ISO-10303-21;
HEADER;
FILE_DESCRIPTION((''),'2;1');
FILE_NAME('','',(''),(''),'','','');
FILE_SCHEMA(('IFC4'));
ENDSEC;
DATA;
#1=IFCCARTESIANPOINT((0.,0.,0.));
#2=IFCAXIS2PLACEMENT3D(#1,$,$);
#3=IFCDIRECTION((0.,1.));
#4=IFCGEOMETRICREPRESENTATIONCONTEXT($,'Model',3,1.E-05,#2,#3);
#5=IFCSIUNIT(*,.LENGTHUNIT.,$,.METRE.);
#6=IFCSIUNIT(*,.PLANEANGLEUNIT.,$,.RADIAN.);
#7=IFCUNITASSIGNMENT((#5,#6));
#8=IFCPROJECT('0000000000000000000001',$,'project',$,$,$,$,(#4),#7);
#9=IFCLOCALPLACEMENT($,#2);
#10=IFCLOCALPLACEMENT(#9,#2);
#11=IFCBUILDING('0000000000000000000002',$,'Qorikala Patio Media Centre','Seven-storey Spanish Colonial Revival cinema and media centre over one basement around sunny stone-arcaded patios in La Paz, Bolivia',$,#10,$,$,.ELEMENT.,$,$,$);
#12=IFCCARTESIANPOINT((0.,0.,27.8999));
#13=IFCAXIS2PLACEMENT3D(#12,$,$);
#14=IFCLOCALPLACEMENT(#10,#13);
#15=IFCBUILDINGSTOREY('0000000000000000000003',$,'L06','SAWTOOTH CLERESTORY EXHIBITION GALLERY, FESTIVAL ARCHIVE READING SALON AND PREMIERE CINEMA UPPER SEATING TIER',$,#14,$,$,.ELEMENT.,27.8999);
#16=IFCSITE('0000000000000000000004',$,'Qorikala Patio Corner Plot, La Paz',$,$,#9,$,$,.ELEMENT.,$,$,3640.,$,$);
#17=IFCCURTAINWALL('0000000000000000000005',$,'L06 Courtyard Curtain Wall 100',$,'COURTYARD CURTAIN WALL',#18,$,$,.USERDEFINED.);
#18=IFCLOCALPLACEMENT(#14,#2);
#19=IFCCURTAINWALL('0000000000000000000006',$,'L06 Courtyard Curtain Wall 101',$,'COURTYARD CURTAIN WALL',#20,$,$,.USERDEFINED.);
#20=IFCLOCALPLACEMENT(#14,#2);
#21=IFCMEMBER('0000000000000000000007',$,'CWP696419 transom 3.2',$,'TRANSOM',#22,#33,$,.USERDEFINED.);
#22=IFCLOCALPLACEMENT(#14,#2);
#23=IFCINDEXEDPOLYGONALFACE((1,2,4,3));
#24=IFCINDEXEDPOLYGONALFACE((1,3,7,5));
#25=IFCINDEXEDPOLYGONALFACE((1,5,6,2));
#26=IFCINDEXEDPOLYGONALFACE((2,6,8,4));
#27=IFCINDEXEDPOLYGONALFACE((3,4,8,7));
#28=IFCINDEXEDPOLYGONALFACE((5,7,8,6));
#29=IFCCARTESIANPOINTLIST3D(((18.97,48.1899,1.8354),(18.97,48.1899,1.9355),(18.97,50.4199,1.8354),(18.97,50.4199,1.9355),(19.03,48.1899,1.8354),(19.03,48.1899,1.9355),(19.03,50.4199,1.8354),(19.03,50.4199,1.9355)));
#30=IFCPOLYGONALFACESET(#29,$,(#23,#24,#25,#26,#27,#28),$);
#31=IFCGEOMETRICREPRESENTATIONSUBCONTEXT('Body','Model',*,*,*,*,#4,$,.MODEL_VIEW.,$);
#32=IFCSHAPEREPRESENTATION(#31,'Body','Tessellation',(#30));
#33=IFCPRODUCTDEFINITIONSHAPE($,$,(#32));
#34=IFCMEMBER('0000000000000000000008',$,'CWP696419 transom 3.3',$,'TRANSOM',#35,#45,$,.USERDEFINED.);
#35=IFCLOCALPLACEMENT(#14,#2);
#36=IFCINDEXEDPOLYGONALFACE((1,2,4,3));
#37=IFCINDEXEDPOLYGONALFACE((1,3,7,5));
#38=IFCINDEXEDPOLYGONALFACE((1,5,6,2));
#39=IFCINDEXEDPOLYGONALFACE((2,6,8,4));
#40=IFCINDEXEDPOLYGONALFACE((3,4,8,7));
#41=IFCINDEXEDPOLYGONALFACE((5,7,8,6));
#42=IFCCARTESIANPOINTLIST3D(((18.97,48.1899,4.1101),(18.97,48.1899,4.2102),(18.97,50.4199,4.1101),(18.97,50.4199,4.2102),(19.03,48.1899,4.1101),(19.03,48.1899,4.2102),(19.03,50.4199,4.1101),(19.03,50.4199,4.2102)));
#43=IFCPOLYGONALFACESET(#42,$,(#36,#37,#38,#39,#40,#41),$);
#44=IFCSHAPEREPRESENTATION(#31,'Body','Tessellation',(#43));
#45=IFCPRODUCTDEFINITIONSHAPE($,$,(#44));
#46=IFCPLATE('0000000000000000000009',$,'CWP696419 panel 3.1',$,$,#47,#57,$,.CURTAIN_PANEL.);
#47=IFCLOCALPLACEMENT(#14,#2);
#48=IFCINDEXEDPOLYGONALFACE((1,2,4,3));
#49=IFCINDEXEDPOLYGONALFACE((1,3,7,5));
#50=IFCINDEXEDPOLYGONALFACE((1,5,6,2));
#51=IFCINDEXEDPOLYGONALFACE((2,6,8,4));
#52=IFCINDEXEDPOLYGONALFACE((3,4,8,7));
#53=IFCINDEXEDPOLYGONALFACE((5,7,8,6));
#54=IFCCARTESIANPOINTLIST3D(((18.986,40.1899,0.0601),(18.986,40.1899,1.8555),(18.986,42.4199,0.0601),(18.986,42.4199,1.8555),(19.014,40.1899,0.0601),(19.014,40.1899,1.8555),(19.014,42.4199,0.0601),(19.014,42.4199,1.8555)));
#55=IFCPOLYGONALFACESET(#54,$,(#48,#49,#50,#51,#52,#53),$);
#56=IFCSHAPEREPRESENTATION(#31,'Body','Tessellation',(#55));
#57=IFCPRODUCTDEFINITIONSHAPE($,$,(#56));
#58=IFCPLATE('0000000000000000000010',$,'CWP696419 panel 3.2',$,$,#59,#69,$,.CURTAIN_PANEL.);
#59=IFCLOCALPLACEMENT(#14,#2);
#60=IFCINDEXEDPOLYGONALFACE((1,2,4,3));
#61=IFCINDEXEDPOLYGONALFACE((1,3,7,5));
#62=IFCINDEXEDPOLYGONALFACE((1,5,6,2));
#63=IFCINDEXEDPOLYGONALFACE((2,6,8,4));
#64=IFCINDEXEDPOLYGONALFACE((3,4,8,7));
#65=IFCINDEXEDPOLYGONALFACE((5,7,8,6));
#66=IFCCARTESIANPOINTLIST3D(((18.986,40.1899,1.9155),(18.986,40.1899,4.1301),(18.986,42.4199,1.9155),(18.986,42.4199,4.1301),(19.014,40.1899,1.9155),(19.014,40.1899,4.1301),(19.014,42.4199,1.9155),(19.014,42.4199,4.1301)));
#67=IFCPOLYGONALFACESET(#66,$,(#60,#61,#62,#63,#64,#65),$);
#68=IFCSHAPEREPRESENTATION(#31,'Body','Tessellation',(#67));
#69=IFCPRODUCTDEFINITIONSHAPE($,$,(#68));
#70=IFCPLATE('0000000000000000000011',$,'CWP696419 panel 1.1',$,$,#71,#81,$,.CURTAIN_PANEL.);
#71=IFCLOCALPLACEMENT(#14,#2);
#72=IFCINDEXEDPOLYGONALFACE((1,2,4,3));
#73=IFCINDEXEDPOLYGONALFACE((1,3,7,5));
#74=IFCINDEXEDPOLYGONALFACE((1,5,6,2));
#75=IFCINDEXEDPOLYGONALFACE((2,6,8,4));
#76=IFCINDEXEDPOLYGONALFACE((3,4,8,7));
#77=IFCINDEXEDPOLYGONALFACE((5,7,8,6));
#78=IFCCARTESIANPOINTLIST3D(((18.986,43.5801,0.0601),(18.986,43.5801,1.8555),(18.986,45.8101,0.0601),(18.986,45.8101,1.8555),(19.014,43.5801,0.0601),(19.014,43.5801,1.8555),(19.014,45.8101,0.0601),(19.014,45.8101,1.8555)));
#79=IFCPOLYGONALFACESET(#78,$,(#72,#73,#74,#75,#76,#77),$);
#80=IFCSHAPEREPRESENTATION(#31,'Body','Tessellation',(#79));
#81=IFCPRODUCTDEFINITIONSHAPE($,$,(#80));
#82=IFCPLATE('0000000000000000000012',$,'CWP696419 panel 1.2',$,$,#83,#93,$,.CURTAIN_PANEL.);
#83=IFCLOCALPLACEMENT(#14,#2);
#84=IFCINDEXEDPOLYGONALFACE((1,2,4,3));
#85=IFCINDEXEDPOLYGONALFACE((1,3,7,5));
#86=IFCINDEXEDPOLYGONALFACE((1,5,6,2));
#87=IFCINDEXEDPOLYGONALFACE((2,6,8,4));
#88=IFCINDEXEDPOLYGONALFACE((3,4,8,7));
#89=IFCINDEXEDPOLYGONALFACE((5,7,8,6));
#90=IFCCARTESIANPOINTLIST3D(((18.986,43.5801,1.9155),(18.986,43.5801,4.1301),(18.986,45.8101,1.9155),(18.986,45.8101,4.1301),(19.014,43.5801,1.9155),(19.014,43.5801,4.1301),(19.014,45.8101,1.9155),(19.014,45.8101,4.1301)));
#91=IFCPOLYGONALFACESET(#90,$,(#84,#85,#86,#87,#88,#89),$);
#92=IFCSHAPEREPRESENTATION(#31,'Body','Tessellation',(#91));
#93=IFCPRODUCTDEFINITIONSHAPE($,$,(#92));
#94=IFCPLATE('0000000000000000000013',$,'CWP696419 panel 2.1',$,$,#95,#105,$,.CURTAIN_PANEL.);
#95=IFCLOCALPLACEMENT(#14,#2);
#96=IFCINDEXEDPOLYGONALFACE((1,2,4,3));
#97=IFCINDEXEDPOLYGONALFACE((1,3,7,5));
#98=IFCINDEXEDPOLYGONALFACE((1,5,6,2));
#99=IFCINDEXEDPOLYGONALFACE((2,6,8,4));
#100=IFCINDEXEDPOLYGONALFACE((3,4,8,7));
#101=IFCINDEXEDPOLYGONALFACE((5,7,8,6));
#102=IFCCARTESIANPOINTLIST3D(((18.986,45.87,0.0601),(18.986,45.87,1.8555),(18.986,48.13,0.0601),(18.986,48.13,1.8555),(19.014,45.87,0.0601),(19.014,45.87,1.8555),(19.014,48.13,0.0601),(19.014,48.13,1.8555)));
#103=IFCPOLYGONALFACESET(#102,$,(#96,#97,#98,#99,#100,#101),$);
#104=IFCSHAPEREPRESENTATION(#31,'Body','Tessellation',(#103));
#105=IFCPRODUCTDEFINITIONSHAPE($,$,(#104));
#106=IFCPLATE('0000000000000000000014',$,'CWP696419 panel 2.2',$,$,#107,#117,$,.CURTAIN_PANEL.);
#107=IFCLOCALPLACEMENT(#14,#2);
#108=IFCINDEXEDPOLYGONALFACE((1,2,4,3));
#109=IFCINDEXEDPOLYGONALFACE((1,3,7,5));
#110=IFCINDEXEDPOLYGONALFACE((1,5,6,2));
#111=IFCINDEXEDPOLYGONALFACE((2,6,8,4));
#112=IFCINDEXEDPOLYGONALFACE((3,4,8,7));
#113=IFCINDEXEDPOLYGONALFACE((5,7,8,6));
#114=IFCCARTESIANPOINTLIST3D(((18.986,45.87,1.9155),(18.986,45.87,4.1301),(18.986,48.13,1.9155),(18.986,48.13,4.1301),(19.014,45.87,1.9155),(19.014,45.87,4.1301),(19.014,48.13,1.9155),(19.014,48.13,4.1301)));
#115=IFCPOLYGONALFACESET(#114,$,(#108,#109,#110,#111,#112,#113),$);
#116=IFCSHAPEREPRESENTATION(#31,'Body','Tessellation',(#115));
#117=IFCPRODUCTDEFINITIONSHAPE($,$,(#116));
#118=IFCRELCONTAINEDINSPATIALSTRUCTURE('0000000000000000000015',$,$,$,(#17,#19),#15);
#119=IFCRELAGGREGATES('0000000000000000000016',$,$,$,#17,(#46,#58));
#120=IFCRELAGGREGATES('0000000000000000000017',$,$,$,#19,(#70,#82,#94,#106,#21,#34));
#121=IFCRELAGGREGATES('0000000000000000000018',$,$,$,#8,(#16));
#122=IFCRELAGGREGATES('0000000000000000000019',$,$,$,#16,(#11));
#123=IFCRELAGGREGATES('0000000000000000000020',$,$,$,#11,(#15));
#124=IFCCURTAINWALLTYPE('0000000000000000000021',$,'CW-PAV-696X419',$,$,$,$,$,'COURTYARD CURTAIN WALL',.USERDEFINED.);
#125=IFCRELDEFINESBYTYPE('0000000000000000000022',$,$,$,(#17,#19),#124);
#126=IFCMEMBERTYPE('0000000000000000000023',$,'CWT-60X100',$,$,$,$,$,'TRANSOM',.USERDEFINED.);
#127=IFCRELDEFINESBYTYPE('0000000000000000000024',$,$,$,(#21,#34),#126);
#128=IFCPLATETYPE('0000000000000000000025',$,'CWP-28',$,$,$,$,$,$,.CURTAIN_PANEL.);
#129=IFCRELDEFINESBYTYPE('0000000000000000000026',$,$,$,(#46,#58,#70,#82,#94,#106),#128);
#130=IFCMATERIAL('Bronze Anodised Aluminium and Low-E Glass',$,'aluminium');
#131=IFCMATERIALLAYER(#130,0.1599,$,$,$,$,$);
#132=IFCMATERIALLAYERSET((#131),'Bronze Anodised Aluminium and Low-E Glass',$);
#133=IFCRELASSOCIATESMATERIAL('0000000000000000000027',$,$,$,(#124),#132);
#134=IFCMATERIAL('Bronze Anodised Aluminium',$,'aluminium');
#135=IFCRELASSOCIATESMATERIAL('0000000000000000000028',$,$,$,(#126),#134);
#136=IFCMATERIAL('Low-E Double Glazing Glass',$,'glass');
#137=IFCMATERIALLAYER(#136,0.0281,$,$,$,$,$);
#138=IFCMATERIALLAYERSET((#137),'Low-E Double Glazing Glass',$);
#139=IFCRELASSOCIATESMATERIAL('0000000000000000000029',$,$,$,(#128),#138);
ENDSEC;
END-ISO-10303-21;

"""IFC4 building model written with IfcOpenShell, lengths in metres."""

from ifc_helpers import new_model, si_unit, direction, frame, origin, origin_2d, place, context, subcontext, project, spatial, rectangle, extrude, material, layer, layer_set, material_profile, profile_set, type_object, element, aggregate, save


model = new_model("IFC4")

# Units and contexts
model_context = context("Model", 3, precision=1e-05, world=origin(), true_north=direction((0.0, 1.0)))
body_context = subcontext(model_context, "Body", "Model", "MODEL_VIEW")
ifc_project = project(units=[si_unit("LENGTHUNIT", "METRE"), si_unit("PLANEANGLEUNIT", "RADIAN")], contexts=[model_context])

# Site, building, storey
site_placement = place(None, origin())
site = spatial("IfcSite", under=ifc_project, at=site_placement, Name="Qorikala Patio Corner Plot, La Paz", CompositionType="ELEMENT", RefElevation=3640.0)
building_placement = place(site_placement, origin())
building = spatial("IfcBuilding", under=site, at=building_placement, Name="Qorikala Patio Media Centre", Description="Seven-storey Spanish Colonial Revival cinema and media centre over one basement around sunny stone-arcaded patios in La Paz, Bolivia", CompositionType="ELEMENT")
storey_placement = place(building_placement, frame((0.0, 0.0, 27.8999)))
storey = spatial("IfcBuildingStorey", under=building, at=storey_placement, Name="L06", Description="SAWTOOTH CLERESTORY EXHIBITION GALLERY, FESTIVAL ARCHIVE READING SALON AND PREMIERE CINEMA UPPER SEATING TIER", CompositionType="ELEMENT", Elevation=27.8999)

# Curtain wall
ifc_material_1 = material(Name="Bronze Anodised Aluminium and Low-E Glass", Category="aluminium")
ifc_layer_1 = layer(ifc_material_1, 0.1599)
ifc_layer_set_1 = layer_set([ifc_layer_1], Name="Bronze Anodised Aluminium and Low-E Glass")
curtain_wall_type = type_object("IfcCurtainWallType", Name="CW-PAV-696X419", ElementType="COURTYARD CURTAIN WALL", PredefinedType="USERDEFINED", material=ifc_layer_set_1)
curtain_wall_1_placement = place(storey_placement, origin())
curtain_wall_1 = element("IfcCurtainWall", 1, at=curtain_wall_1_placement, inside=storey, type_object=curtain_wall_type, Name="L06 Courtyard Curtain Wall 100", ObjectType="COURTYARD CURTAIN WALL", PredefinedType="USERDEFINED")
ifc_material_2 = material(Name="Bronze Anodised Aluminium", Category="aluminium")

# Curtain wall, members
curtain_wall_2_placement = place(storey_placement, origin())
curtain_wall_2 = element("IfcCurtainWall", 2, at=curtain_wall_2_placement, inside=storey, type_object=curtain_wall_type, Name="L06 Courtyard Curtain Wall 101", ObjectType="COURTYARD CURTAIN WALL", PredefinedType="USERDEFINED")
ifc_material_profile_1 = material_profile(ifc_material_2, rectangle(XDim=0.0601, YDim=0.1001, at=origin_2d()), Name="ALU TRANSOM 60x100")
ifc_profile_set_1 = profile_set([ifc_material_profile_1], Name="Bronze Anodised Aluminium")
member_type_1 = type_object("IfcMemberType", Name="CWT-60X100", ElementType="TRANSOM", PredefinedType="USERDEFINED", material=ifc_profile_set_1)
member_1_placement = place(storey_placement, frame((19.0, 48.1899, 1.8855), z_axis=(0.0, 1.0, 0.0), x_axis=(-1.0, 0.0, 0.0)))
member_1 = element("IfcMember", 3, at=member_1_placement, type_object=member_type_1, Name="CWP696419 transom 3.2", ObjectType="TRANSOM", PredefinedType="USERDEFINED", context=body_context, shape_type="SweptSolid", body=[
    extrude(rectangle(XDim=0.0601, YDim=0.1001, at=origin_2d()), origin(), (0.0, 0.0, 1.0), 2.23),
])
member_2_placement = place(storey_placement, frame((19.0, 48.1899, 4.1602), z_axis=(0.0, 1.0, 0.0), x_axis=(-1.0, 0.0, 0.0)))
member_2 = element("IfcMember", 4, at=member_2_placement, type_object=member_type_1, Name="CWP696419 transom 3.3", ObjectType="TRANSOM", PredefinedType="USERDEFINED", context=body_context, shape_type="SweptSolid", body=[
    extrude(rectangle(XDim=0.0601, YDim=0.1001, at=origin_2d()), origin(), (0.0, 0.0, 1.0), 2.23),
])

# Plates
ifc_material_3 = material(Name="Low-E Double Glazing Glass", Category="glass")
ifc_layer_2 = layer(ifc_material_3, 0.0281)
ifc_layer_set_2 = layer_set([ifc_layer_2], Name="Low-E Double Glazing Glass")
plate_type = type_object("IfcPlateType", Name="CWP-28", PredefinedType="CURTAIN_PANEL", material=ifc_layer_set_2)
plate_1_placement = place(storey_placement, frame((19.0, 41.3049, 0.0601), z_axis=(0.0, 0.0, 1.0), x_axis=(0.0, 1.0, 0.0)))
plate_1 = element("IfcPlate", 5, at=plate_1_placement, type_object=plate_type, Name="CWP696419 panel 3.1", PredefinedType="CURTAIN_PANEL", context=body_context, shape_type="SweptSolid", body=[
    extrude(rectangle(XDim=2.23, YDim=0.0281, at=origin_2d()), origin(), (0.0, 0.0, 1.0), 1.7954),
])
plate_2_placement = place(storey_placement, frame((19.0, 41.3049, 1.9155), z_axis=(0.0, 0.0, 1.0), x_axis=(0.0, 1.0, 0.0)))
plate_2 = element("IfcPlate", 6, at=plate_2_placement, type_object=plate_type, Name="CWP696419 panel 3.2", PredefinedType="CURTAIN_PANEL", context=body_context, shape_type="SweptSolid", body=[
    extrude(rectangle(XDim=2.23, YDim=0.0281, at=origin_2d()), origin(), (0.0, 0.0, 1.0), 2.2146),
])
aggregate(curtain_wall_1, [plate_1, plate_2])
plate_3_placement = place(storey_placement, frame((19.0, 44.6951, 0.0601), z_axis=(0.0, 0.0, 1.0), x_axis=(0.0, 1.0, 0.0)))
plate_3 = element("IfcPlate", 7, at=plate_3_placement, type_object=plate_type, Name="CWP696419 panel 1.1", PredefinedType="CURTAIN_PANEL", context=body_context, shape_type="SweptSolid", body=[
    extrude(rectangle(XDim=2.23, YDim=0.0281, at=origin_2d()), origin(), (0.0, 0.0, 1.0), 1.7954),
])
plate_4_placement = place(storey_placement, frame((19.0, 44.6951, 1.9155), z_axis=(0.0, 0.0, 1.0), x_axis=(0.0, 1.0, 0.0)))
plate_4 = element("IfcPlate", 8, at=plate_4_placement, type_object=plate_type, Name="CWP696419 panel 1.2", PredefinedType="CURTAIN_PANEL", context=body_context, shape_type="SweptSolid", body=[
    extrude(rectangle(XDim=2.23, YDim=0.0281, at=origin_2d()), origin(), (0.0, 0.0, 1.0), 2.2146),
])
plate_5_placement = place(storey_placement, frame((19.0, 47.0, 0.0601), z_axis=(0.0, 0.0, 1.0), x_axis=(0.0, 1.0, 0.0)))
plate_5 = element("IfcPlate", 9, at=plate_5_placement, type_object=plate_type, Name="CWP696419 panel 2.1", PredefinedType="CURTAIN_PANEL", context=body_context, shape_type="SweptSolid", body=[
    extrude(rectangle(XDim=2.26, YDim=0.0281, at=origin_2d()), origin(), (0.0, 0.0, 1.0), 1.7954),
])
plate_6_placement = place(storey_placement, frame((19.0, 47.0, 1.9155), z_axis=(0.0, 0.0, 1.0), x_axis=(0.0, 1.0, 0.0)))
plate_6 = element("IfcPlate", 10, at=plate_6_placement, type_object=plate_type, Name="CWP696419 panel 2.2", PredefinedType="CURTAIN_PANEL", context=body_context, shape_type="SweptSolid", body=[
    extrude(rectangle(XDim=2.26, YDim=0.0281, at=origin_2d()), origin(), (0.0, 0.0, 1.0), 2.2146),
])
aggregate(curtain_wall_2, [plate_3, plate_4, plate_5, plate_6, member_1, member_2])

save(model, "model.ifc")
